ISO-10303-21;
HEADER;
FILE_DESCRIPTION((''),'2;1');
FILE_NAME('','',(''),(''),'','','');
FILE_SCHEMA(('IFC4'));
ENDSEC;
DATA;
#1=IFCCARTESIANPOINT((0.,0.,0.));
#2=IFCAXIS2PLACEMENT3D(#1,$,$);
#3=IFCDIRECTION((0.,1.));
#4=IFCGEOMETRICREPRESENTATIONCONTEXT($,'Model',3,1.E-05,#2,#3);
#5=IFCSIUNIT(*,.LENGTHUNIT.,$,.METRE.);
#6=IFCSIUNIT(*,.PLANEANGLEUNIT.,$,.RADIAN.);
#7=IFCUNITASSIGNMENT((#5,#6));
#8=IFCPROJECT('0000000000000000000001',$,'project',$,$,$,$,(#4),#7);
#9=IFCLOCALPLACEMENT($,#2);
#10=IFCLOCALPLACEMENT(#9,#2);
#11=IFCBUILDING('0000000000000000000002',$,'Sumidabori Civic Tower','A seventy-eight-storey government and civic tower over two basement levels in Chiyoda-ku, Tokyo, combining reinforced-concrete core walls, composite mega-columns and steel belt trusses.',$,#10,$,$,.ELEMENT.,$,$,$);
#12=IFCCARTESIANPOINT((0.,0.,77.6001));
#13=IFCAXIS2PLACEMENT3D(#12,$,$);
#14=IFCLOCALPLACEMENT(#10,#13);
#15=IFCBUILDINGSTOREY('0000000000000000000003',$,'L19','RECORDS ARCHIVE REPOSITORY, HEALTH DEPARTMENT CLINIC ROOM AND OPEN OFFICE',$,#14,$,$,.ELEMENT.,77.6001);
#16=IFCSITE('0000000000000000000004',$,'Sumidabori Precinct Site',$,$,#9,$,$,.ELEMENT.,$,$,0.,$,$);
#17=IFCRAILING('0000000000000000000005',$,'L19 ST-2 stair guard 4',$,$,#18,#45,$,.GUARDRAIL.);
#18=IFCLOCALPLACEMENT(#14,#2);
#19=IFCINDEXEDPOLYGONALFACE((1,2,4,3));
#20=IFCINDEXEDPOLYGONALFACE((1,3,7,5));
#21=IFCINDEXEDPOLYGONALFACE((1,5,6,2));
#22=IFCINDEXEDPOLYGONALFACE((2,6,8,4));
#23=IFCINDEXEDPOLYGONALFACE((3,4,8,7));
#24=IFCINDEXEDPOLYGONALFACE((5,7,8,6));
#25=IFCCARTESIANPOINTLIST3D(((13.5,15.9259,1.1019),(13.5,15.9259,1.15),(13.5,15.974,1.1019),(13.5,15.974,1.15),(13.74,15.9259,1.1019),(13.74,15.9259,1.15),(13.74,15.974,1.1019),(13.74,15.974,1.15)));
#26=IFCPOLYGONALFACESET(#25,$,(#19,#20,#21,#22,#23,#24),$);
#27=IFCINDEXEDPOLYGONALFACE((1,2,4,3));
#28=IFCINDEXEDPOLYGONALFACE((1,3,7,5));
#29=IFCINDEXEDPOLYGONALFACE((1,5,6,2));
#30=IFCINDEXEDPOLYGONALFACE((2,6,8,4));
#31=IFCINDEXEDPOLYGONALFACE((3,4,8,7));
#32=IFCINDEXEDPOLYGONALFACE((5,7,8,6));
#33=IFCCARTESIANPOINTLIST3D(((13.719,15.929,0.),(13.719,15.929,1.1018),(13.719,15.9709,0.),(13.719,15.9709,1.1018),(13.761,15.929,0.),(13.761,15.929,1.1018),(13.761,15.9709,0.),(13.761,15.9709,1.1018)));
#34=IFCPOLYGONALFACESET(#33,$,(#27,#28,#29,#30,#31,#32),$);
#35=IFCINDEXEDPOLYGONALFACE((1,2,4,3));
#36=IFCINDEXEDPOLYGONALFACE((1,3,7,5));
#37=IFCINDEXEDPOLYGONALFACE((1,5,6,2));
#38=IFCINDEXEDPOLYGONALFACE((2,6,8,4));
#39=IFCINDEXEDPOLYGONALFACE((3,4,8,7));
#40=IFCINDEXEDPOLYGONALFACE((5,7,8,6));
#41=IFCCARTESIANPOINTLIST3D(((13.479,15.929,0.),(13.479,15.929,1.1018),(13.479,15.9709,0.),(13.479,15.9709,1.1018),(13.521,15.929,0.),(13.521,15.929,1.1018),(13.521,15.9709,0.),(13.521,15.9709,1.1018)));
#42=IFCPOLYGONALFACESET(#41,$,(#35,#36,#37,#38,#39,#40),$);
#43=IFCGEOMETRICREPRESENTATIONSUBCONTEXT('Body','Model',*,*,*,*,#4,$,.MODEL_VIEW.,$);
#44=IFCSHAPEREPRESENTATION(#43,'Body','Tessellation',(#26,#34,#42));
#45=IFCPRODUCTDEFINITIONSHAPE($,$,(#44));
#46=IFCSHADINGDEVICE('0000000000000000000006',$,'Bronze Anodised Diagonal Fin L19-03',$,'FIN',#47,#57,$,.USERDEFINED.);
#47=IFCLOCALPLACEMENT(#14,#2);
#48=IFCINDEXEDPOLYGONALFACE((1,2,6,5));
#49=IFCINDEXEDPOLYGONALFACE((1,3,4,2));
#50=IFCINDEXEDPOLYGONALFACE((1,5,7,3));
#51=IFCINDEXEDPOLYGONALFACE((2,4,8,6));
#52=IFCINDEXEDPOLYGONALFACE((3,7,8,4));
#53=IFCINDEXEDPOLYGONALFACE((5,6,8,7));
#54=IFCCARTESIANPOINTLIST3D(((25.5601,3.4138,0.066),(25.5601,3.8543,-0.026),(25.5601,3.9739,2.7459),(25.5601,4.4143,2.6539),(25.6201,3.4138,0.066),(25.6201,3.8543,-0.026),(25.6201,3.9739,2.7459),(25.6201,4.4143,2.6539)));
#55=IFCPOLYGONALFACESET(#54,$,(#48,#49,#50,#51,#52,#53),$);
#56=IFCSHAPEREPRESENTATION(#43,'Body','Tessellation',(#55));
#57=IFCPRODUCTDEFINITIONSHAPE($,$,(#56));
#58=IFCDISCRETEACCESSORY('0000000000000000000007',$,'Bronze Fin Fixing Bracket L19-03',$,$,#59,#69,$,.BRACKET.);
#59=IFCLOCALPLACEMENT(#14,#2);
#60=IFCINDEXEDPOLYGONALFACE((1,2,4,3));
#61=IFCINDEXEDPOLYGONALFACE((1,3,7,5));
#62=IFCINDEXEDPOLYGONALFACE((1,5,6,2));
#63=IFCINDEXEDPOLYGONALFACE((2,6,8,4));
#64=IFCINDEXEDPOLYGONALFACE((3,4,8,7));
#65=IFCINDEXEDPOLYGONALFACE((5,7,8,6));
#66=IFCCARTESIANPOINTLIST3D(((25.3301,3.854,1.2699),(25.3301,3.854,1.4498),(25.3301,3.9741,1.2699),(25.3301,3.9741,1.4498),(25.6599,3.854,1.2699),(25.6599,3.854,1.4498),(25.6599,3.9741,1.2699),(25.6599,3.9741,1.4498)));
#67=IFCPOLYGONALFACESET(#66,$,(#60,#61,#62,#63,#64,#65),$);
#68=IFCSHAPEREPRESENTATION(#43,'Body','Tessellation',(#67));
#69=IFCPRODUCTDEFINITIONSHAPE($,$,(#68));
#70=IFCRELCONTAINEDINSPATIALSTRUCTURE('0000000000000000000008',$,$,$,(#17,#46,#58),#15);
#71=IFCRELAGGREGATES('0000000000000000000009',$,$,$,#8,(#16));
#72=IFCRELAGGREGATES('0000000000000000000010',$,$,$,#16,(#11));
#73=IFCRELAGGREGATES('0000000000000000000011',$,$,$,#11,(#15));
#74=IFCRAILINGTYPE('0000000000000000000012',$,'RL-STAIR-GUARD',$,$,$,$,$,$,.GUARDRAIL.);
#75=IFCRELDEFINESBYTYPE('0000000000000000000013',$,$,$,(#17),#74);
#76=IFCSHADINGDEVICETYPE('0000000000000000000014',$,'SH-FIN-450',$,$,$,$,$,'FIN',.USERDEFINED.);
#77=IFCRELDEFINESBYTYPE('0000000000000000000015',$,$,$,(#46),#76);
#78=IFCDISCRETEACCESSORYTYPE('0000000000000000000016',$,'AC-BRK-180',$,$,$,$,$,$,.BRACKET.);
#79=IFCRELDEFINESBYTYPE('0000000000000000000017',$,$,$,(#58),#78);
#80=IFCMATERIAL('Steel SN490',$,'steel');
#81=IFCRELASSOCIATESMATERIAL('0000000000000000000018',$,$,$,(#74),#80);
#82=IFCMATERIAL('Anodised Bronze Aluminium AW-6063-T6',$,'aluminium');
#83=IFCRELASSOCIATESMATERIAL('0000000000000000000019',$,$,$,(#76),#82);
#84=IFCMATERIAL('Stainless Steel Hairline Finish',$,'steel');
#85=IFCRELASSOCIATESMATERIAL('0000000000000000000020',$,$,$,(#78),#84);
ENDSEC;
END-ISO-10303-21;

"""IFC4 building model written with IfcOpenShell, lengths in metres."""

from ifc_helpers import new_model, si_unit, direction, frame, origin, origin_2d, place, context, subcontext, project, spatial, rectangle, extrude, source, transform, mapped, material, material_profile, profile_set, type_object, element, save


model = new_model("IFC4")

# Units and contexts
model_context = context("Model", 3, precision=1e-05, world=origin(), true_north=direction((0.0, 1.0)))
body_context = subcontext(model_context, "Body", "Model", "MODEL_VIEW")
ifc_project = project(units=[si_unit("LENGTHUNIT", "METRE"), si_unit("PLANEANGLEUNIT", "RADIAN")], contexts=[model_context])

# Site, building, storey
site_placement = place(None, origin())
site = spatial("IfcSite", under=ifc_project, at=site_placement, Name="Sumidabori Precinct Site", CompositionType="ELEMENT", RefElevation=0.0)
building_placement = place(site_placement, origin())
building = spatial("IfcBuilding", under=site, at=building_placement, Name="Sumidabori Civic Tower", Description="A seventy-eight-storey government and civic tower over two basement levels in Chiyoda-ku, Tokyo, combining reinforced-concrete core walls, composite mega-columns and steel belt trusses.", CompositionType="ELEMENT")
storey_placement = place(building_placement, frame((0.0, 0.0, 77.6001)))
storey = spatial("IfcBuildingStorey", under=building, at=storey_placement, Name="L19", Description="RECORDS ARCHIVE REPOSITORY, HEALTH DEPARTMENT CLINIC ROOM AND OPEN OFFICE", CompositionType="ELEMENT", Elevation=77.6001)

# Shared definitions
ifc_material_1 = material(Name="Steel SN490", Category="steel")

# Shared definitions
ifc_material_2 = material(Name="Anodised Bronze Aluminium AW-6063-T6", Category="aluminium")

# Railing
ifc_material_3 = material(Name="Stainless Steel Hairline Finish", Category="steel")
railing_type_1 = type_object("IfcRailingType", Name="RL-STAIR-GUARD", PredefinedType="GUARDRAIL", material=ifc_material_1)
for number, where, name in (
    (1, (13.74, 15.95, 0.0), "L19 ST-2 stair guard 4"),
):
    element("IfcRailing", number, at=place(storey_placement, frame(where)), inside=storey, type_object=railing_type_1, Name=name, PredefinedType="GUARDRAIL", context=body_context, shape_type="SweptSolid", body=[
        extrude(rectangle(XDim=0.0481, YDim=0.0481, at=origin_2d()), frame((0.0, 0.0, 1.126), z_axis=(-1.0, 0.0, 0.0), x_axis=(0.0, -1.0, 0.0)), (0.0, 0.0, 1.0), 0.24),
        extrude(rectangle(XDim=0.042, YDim=0.042, at=origin_2d()), origin(), (0.0, 0.0, 1.0), 1.1018),
        extrude(rectangle(XDim=0.042, YDim=0.042, at=origin_2d()), frame((-0.24, 0.0, 0.0)), (0.0, 0.0, 1.0), 1.1018),
    ])

# Shading device
ifc_material_profile_1 = material_profile(ifc_material_2, rectangle(XDim=0.0601, YDim=0.45, at=origin_2d()), Name="BRONZE FIN 450x60")
ifc_profile_set_1 = profile_set([ifc_material_profile_1], Name="Anodised Bronze Aluminium AW-6063-T6")
shading_device_type = type_object("IfcShadingDeviceType", Name="SH-FIN-450", ElementType="FIN", PredefinedType="USERDEFINED", material=ifc_profile_set_1)
shared_shape_1 = source(origin(), body_context, "Body", "SweptSolid", [
    extrude(rectangle(XDim=0.0601, YDim=0.45, at=origin_2d()), origin(), (0.0, 0.0, 1.0), 2.7378),
])
shading_device_placement = place(storey_placement, frame((25.5901, 3.634, 0.02), z_axis=(0.0, 0.204563, 0.978853), x_axis=(-1.0, 0.0, 0.0)))
element("IfcShadingDevice", 2, at=shading_device_placement, inside=storey, type_object=shading_device_type, Name="Bronze Anodised Diagonal Fin L19-03", ObjectType="FIN", PredefinedType="USERDEFINED", context=body_context, shape_type="MappedRepresentation", body=[
    mapped(shared_shape_1, transform((0.0, 0.0, 0.0), x_axis=(1.0, 0.0, 0.0), y_axis=(0.0, 1.0, 0.0), z_axis=(0.0, 0.0, 1.0), scale=1.0)),
])

# Discrete accessory
ifc_material_profile_2 = material_profile(ifc_material_3, rectangle(XDim=0.1201, YDim=0.1799, at=origin_2d()), Name="STEEL BRACKET 180x120")
ifc_profile_set_2 = profile_set([ifc_material_profile_2], Name="Stainless Steel Hairline Finish")
discrete_accessory_type = type_object("IfcDiscreteAccessoryType", Name="AC-BRK-180", PredefinedType="BRACKET", material=ifc_profile_set_2)
shared_shape_2 = source(origin(), body_context, "Body", "SweptSolid", [
    extrude(rectangle(XDim=0.1201, YDim=0.1799, at=origin_2d()), origin(), (0.0, 0.0, 1.0), 0.3298),
])
discrete_accessory_placement = place(storey_placement, frame((25.3301, 3.9141, 1.3599), z_axis=(1.0, 0.0, 0.0), x_axis=(0.0, 1.0, 0.0)))
element("IfcDiscreteAccessory", 3, at=discrete_accessory_placement, inside=storey, type_object=discrete_accessory_type, Name="Bronze Fin Fixing Bracket L19-03", PredefinedType="BRACKET", context=body_context, shape_type="MappedRepresentation", body=[
    mapped(shared_shape_2, transform((0.0, 0.0, 0.0), x_axis=(1.0, 0.0, 0.0), y_axis=(0.0, 1.0, 0.0), z_axis=(0.0, 0.0, 1.0), scale=1.0)),
])

save(model, "model.ifc")
